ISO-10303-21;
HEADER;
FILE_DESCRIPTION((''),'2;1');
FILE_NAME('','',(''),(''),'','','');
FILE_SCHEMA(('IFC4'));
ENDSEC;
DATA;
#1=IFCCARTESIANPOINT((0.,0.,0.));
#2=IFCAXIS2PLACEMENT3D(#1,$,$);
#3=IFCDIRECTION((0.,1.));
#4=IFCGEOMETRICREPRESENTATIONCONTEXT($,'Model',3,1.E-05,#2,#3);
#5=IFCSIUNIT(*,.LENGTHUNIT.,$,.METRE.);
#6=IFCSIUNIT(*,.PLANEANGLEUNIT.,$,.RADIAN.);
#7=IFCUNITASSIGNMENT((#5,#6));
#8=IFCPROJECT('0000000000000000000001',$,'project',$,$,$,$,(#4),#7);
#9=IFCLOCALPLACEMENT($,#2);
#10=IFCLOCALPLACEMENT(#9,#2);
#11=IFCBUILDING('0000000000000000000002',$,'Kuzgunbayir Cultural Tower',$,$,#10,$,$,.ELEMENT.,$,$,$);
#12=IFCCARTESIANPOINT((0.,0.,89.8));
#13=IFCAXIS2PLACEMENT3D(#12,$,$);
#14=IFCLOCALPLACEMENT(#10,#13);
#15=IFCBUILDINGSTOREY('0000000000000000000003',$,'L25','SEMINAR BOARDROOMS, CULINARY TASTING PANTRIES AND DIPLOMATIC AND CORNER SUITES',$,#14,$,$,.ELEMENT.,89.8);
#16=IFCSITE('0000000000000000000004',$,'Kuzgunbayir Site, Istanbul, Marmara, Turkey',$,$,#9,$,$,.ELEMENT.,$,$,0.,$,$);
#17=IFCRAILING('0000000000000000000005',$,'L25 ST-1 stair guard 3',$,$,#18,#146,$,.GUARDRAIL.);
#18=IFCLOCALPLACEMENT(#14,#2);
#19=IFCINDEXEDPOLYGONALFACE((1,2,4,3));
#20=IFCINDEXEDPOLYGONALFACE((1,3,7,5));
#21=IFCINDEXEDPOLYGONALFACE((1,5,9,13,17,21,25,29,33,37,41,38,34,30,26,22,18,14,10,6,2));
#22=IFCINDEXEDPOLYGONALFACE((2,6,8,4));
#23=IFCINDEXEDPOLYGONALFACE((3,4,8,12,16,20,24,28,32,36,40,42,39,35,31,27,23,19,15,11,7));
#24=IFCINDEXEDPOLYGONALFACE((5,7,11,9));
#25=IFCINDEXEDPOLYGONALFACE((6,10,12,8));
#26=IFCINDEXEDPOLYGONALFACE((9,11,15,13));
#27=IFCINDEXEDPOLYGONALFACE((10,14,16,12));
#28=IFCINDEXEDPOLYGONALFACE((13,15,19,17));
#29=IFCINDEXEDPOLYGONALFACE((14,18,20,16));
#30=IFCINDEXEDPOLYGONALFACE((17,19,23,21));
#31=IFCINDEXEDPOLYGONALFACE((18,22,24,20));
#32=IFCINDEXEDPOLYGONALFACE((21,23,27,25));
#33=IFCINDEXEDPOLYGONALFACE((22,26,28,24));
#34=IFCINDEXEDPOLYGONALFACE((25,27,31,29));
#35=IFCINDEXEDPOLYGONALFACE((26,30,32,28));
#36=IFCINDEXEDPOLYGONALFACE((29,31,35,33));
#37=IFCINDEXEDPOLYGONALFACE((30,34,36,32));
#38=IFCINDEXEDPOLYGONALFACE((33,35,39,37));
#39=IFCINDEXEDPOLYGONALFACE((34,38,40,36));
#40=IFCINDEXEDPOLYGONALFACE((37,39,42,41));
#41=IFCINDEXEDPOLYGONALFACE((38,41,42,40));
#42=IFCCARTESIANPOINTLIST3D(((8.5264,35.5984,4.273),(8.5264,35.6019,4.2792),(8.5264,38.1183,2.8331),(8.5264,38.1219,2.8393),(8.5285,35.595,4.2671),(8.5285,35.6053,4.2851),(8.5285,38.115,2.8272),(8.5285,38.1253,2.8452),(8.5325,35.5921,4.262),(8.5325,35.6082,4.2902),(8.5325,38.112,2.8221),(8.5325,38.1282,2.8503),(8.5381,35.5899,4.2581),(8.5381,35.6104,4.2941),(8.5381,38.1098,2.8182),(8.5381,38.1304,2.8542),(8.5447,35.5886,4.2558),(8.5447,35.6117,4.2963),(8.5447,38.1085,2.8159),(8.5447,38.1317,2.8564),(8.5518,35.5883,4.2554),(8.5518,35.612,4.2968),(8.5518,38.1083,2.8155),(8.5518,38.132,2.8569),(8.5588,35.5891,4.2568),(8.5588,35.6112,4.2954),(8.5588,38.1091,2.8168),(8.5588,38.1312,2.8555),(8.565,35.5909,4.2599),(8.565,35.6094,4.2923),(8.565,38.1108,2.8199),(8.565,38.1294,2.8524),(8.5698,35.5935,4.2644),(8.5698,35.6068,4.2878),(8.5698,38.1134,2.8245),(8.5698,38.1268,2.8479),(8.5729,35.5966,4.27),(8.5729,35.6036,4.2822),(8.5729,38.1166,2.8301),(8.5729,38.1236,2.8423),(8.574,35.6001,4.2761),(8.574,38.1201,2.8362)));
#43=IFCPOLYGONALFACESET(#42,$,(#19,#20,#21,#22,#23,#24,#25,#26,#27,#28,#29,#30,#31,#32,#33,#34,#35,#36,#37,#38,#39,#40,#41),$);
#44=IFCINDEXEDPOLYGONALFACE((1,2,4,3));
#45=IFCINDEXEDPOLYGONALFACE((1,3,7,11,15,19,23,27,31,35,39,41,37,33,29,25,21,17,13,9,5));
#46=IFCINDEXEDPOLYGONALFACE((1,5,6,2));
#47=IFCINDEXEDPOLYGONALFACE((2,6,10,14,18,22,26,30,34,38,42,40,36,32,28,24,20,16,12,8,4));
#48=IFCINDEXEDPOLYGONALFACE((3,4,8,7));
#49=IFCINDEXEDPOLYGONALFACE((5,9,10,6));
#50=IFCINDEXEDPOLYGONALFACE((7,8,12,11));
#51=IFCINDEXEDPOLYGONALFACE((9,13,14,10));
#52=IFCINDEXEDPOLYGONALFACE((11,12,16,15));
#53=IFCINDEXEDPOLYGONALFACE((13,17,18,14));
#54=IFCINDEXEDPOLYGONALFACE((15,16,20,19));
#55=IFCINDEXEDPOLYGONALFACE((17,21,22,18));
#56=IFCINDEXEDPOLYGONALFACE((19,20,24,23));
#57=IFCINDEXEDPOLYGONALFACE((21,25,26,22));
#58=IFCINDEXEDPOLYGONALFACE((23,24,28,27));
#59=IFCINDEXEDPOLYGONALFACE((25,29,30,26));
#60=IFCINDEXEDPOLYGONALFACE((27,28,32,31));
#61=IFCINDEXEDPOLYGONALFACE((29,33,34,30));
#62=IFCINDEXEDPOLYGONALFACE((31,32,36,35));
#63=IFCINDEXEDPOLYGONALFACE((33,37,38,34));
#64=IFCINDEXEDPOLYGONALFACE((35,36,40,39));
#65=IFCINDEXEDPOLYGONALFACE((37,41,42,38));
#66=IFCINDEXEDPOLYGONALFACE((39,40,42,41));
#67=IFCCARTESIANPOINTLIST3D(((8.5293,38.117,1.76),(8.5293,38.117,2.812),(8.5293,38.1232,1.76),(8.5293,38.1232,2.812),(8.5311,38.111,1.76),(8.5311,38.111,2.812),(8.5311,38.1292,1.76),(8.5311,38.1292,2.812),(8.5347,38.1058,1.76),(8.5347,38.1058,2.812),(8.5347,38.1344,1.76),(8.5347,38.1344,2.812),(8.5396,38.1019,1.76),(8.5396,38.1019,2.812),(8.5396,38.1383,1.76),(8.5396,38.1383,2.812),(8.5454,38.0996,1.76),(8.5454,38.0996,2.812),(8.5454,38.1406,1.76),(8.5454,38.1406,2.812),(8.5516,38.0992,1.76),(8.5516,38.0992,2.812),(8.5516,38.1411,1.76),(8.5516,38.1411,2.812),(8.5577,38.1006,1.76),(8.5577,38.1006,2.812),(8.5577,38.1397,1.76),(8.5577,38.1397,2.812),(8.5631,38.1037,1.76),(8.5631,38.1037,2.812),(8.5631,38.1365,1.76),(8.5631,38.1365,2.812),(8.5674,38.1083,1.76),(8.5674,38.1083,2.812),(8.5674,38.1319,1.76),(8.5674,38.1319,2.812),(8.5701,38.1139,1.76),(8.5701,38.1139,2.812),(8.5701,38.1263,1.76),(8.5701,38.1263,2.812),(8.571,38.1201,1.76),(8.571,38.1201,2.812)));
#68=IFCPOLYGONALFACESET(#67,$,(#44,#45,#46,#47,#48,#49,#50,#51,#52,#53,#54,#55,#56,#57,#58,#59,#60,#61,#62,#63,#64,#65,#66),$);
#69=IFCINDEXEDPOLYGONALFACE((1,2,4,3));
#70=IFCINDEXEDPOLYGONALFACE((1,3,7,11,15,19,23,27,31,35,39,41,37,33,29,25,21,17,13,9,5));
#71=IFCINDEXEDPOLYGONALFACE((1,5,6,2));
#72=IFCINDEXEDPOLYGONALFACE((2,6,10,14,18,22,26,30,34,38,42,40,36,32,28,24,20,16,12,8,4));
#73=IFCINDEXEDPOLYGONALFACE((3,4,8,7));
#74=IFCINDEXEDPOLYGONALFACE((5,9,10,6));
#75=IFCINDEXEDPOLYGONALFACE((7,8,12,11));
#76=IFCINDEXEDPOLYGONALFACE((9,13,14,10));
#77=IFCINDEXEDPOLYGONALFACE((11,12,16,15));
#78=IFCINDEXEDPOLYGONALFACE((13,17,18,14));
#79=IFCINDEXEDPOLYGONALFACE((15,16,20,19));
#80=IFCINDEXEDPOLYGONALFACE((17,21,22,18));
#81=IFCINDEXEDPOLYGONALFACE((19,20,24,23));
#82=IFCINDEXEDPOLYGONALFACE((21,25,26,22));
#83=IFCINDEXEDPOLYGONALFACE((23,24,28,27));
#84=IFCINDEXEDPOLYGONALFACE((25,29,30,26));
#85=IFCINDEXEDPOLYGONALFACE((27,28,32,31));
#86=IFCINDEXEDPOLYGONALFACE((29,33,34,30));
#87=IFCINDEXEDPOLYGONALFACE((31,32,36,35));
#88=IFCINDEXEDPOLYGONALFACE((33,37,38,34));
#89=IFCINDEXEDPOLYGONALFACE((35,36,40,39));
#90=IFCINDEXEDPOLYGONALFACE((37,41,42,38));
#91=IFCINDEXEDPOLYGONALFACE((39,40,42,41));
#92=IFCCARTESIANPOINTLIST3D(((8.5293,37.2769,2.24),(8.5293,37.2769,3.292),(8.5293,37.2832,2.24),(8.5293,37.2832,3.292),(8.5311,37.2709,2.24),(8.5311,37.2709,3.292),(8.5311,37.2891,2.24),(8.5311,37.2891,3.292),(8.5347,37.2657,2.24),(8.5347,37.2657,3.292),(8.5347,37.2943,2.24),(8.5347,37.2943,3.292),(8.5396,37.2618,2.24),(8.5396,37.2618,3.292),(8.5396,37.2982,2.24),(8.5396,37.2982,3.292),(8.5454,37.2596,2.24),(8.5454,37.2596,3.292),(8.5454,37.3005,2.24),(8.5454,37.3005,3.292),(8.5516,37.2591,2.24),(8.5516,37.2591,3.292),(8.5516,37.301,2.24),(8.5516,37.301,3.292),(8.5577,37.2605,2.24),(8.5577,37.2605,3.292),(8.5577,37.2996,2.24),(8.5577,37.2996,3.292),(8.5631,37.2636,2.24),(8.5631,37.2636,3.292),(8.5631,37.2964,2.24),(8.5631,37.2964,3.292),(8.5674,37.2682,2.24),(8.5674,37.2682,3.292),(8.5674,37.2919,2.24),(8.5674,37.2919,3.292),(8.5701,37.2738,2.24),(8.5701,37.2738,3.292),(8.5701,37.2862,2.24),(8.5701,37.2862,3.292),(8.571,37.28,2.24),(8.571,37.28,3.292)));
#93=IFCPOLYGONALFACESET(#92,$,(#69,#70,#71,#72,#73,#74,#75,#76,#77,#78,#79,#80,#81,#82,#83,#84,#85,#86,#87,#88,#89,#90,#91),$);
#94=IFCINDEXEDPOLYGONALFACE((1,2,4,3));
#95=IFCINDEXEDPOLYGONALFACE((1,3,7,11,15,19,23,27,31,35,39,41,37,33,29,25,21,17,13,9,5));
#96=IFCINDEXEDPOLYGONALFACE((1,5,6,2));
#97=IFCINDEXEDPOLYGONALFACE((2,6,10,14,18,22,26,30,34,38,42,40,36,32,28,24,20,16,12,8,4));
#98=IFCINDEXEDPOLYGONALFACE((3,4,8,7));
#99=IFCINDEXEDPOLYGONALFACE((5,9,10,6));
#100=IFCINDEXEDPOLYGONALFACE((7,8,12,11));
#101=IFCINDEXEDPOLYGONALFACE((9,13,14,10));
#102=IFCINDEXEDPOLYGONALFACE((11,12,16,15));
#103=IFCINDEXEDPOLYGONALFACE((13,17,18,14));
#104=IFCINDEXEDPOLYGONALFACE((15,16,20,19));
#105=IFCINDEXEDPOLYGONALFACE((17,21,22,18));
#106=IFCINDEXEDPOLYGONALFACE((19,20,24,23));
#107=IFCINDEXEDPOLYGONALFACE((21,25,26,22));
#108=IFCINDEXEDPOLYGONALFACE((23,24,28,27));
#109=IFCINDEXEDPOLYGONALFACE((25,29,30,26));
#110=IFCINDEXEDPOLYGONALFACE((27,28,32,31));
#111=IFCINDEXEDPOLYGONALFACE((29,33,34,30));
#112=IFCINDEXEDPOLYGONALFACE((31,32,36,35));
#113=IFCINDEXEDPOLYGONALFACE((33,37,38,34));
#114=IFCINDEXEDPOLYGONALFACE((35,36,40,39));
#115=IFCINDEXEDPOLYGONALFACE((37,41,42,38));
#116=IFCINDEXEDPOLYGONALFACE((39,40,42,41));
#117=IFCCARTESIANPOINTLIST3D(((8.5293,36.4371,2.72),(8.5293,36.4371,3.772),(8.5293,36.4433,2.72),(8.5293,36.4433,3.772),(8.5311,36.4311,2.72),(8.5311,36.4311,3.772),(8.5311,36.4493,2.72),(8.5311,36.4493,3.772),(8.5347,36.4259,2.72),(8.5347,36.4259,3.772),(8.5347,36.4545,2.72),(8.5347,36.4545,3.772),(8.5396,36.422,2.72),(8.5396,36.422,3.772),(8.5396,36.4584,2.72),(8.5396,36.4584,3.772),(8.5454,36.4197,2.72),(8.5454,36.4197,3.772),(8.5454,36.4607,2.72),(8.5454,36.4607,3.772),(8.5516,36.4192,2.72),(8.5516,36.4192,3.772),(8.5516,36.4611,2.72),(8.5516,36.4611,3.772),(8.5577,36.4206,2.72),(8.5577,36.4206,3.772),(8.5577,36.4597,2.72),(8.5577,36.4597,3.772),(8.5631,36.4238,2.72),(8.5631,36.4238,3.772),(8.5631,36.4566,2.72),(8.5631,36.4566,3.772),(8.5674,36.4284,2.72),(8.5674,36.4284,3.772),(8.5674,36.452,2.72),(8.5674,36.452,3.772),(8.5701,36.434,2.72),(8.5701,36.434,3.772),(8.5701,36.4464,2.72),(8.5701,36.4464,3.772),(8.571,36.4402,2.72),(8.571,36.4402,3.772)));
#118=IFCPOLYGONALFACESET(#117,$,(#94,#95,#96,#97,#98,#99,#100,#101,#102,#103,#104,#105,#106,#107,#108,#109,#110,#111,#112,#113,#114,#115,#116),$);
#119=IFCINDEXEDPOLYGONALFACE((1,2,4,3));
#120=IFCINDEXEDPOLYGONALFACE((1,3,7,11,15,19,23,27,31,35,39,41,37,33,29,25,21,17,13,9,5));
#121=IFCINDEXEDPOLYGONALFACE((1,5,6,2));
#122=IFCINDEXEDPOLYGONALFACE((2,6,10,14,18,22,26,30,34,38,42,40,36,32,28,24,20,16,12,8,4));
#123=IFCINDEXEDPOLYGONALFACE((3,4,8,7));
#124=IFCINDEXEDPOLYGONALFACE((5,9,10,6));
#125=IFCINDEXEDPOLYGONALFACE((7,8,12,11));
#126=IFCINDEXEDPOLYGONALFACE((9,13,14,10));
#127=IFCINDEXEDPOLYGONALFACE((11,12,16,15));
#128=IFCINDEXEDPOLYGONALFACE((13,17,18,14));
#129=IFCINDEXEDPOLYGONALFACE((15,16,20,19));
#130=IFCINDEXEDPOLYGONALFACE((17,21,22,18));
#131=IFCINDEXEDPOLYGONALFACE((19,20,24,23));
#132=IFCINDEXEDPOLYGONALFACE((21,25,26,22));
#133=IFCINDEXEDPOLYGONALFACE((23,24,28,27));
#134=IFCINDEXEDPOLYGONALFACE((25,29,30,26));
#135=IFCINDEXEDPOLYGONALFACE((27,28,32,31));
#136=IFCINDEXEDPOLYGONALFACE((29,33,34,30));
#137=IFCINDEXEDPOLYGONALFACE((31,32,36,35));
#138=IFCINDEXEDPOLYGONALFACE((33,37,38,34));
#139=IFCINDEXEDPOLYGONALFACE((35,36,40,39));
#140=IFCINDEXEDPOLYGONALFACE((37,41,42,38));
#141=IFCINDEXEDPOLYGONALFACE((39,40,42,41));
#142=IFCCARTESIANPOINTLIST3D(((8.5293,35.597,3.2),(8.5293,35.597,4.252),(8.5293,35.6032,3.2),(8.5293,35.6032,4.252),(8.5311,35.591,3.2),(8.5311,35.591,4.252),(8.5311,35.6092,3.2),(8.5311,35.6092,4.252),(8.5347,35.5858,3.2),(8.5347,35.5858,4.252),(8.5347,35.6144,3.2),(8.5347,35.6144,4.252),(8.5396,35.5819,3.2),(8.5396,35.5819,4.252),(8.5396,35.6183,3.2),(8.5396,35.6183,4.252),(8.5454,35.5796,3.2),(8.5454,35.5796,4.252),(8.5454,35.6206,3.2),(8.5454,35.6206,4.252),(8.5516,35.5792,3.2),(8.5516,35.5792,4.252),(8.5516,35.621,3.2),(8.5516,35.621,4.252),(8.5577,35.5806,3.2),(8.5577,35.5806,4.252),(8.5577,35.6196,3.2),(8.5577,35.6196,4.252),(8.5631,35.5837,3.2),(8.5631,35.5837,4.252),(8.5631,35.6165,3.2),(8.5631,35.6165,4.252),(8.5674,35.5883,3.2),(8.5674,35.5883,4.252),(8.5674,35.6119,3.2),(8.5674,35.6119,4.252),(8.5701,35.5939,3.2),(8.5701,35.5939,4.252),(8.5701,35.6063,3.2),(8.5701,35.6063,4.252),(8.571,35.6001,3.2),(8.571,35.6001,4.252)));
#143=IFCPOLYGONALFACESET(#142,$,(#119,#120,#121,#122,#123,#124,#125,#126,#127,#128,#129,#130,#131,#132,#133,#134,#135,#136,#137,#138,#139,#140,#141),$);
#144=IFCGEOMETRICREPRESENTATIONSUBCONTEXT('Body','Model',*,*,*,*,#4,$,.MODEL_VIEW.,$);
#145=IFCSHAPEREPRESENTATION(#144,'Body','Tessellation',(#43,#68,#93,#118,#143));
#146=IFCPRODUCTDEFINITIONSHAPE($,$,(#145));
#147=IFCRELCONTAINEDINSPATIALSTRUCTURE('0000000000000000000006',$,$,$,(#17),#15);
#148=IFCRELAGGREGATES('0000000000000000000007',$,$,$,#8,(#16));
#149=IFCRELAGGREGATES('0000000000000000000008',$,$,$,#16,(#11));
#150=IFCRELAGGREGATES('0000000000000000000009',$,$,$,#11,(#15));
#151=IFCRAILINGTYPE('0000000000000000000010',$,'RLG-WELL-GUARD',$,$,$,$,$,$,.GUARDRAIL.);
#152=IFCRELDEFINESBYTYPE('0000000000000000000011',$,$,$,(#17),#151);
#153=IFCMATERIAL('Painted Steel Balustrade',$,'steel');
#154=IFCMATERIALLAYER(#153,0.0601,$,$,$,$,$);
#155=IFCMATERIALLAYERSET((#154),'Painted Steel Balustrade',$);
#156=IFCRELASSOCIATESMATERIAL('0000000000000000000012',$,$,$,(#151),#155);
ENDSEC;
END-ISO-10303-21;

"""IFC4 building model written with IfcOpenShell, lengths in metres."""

from ifc_helpers import new_model, si_unit, direction, frame, origin, origin_2d, place, context, subcontext, project, spatial, circle, extrude, material, layer, layer_set, type_object, element, save


model = new_model("IFC4")

# Units and contexts
model_context = context("Model", 3, precision=1e-05, world=origin(), true_north=direction((0.0, 1.0)))
body_context = subcontext(model_context, "Body", "Model", "MODEL_VIEW")
ifc_project = project(units=[si_unit("LENGTHUNIT", "METRE"), si_unit("PLANEANGLEUNIT", "RADIAN")], contexts=[model_context])

# Site, building, storey
site_placement = place(None, origin())
site = spatial("IfcSite", under=ifc_project, at=site_placement, Name="Kuzgunbayir Site, Istanbul, Marmara, Turkey", CompositionType="ELEMENT", RefElevation=0.0)
building_placement = place(site_placement, origin())
building = spatial("IfcBuilding", under=site, at=building_placement, Name="Kuzgunbayir Cultural Tower", CompositionType="ELEMENT")
storey_placement = place(building_placement, frame((0.0, 0.0, 89.8)))
storey = spatial("IfcBuildingStorey", under=building, at=storey_placement, Name="L25", Description="SEMINAR BOARDROOMS, CULINARY TASTING PANTRIES AND DIPLOMATIC AND CORNER SUITES", CompositionType="ELEMENT", Elevation=89.8)

# Railing
ifc_material_1 = material(Name="Painted Steel Balustrade", Category="steel")
ifc_layer_1 = layer(ifc_material_1, 0.0601)
ifc_layer_set_1 = layer_set([ifc_layer_1], Name="Painted Steel Balustrade")
railing_type_1 = type_object("IfcRailingType", Name="RLG-WELL-GUARD", PredefinedType="GUARDRAIL", material=ifc_layer_set_1)
railing_1_placement = place(storey_placement, frame((8.55, 38.1201, 1.76)))
element("IfcRailing", 1, at=railing_1_placement, inside=storey, type_object=railing_type_1, Name="L25 ST-1 stair guard 3", PredefinedType="GUARDRAIL", context=body_context, shape_type="SweptSolid", body=[
    extrude(circle(Radius=0.0239, at=origin_2d()), frame((0.0, 0.0, 1.0762), z_axis=(0.0, -0.868253, 0.496121), x_axis=(1.0, 0.0, 0.0)), (0.0, 0.0, 1.0), 2.9023),
    extrude(circle(Radius=0.021, at=origin_2d()), origin(), (0.0, 0.0, 1.0), 1.052),
    extrude(circle(Radius=0.021, at=origin_2d()), frame((0.0, -0.8401, 0.48)), (0.0, 0.0, 1.0), 1.052),
    extrude(circle(Radius=0.021, at=origin_2d()), frame((0.0, -1.6799, 0.96)), (0.0, 0.0, 1.0), 1.052),
    extrude(circle(Radius=0.021, at=origin_2d()), frame((0.0, -2.52, 1.4399)), (0.0, 0.0, 1.0), 1.052),
])

save(model, "model.ifc")
